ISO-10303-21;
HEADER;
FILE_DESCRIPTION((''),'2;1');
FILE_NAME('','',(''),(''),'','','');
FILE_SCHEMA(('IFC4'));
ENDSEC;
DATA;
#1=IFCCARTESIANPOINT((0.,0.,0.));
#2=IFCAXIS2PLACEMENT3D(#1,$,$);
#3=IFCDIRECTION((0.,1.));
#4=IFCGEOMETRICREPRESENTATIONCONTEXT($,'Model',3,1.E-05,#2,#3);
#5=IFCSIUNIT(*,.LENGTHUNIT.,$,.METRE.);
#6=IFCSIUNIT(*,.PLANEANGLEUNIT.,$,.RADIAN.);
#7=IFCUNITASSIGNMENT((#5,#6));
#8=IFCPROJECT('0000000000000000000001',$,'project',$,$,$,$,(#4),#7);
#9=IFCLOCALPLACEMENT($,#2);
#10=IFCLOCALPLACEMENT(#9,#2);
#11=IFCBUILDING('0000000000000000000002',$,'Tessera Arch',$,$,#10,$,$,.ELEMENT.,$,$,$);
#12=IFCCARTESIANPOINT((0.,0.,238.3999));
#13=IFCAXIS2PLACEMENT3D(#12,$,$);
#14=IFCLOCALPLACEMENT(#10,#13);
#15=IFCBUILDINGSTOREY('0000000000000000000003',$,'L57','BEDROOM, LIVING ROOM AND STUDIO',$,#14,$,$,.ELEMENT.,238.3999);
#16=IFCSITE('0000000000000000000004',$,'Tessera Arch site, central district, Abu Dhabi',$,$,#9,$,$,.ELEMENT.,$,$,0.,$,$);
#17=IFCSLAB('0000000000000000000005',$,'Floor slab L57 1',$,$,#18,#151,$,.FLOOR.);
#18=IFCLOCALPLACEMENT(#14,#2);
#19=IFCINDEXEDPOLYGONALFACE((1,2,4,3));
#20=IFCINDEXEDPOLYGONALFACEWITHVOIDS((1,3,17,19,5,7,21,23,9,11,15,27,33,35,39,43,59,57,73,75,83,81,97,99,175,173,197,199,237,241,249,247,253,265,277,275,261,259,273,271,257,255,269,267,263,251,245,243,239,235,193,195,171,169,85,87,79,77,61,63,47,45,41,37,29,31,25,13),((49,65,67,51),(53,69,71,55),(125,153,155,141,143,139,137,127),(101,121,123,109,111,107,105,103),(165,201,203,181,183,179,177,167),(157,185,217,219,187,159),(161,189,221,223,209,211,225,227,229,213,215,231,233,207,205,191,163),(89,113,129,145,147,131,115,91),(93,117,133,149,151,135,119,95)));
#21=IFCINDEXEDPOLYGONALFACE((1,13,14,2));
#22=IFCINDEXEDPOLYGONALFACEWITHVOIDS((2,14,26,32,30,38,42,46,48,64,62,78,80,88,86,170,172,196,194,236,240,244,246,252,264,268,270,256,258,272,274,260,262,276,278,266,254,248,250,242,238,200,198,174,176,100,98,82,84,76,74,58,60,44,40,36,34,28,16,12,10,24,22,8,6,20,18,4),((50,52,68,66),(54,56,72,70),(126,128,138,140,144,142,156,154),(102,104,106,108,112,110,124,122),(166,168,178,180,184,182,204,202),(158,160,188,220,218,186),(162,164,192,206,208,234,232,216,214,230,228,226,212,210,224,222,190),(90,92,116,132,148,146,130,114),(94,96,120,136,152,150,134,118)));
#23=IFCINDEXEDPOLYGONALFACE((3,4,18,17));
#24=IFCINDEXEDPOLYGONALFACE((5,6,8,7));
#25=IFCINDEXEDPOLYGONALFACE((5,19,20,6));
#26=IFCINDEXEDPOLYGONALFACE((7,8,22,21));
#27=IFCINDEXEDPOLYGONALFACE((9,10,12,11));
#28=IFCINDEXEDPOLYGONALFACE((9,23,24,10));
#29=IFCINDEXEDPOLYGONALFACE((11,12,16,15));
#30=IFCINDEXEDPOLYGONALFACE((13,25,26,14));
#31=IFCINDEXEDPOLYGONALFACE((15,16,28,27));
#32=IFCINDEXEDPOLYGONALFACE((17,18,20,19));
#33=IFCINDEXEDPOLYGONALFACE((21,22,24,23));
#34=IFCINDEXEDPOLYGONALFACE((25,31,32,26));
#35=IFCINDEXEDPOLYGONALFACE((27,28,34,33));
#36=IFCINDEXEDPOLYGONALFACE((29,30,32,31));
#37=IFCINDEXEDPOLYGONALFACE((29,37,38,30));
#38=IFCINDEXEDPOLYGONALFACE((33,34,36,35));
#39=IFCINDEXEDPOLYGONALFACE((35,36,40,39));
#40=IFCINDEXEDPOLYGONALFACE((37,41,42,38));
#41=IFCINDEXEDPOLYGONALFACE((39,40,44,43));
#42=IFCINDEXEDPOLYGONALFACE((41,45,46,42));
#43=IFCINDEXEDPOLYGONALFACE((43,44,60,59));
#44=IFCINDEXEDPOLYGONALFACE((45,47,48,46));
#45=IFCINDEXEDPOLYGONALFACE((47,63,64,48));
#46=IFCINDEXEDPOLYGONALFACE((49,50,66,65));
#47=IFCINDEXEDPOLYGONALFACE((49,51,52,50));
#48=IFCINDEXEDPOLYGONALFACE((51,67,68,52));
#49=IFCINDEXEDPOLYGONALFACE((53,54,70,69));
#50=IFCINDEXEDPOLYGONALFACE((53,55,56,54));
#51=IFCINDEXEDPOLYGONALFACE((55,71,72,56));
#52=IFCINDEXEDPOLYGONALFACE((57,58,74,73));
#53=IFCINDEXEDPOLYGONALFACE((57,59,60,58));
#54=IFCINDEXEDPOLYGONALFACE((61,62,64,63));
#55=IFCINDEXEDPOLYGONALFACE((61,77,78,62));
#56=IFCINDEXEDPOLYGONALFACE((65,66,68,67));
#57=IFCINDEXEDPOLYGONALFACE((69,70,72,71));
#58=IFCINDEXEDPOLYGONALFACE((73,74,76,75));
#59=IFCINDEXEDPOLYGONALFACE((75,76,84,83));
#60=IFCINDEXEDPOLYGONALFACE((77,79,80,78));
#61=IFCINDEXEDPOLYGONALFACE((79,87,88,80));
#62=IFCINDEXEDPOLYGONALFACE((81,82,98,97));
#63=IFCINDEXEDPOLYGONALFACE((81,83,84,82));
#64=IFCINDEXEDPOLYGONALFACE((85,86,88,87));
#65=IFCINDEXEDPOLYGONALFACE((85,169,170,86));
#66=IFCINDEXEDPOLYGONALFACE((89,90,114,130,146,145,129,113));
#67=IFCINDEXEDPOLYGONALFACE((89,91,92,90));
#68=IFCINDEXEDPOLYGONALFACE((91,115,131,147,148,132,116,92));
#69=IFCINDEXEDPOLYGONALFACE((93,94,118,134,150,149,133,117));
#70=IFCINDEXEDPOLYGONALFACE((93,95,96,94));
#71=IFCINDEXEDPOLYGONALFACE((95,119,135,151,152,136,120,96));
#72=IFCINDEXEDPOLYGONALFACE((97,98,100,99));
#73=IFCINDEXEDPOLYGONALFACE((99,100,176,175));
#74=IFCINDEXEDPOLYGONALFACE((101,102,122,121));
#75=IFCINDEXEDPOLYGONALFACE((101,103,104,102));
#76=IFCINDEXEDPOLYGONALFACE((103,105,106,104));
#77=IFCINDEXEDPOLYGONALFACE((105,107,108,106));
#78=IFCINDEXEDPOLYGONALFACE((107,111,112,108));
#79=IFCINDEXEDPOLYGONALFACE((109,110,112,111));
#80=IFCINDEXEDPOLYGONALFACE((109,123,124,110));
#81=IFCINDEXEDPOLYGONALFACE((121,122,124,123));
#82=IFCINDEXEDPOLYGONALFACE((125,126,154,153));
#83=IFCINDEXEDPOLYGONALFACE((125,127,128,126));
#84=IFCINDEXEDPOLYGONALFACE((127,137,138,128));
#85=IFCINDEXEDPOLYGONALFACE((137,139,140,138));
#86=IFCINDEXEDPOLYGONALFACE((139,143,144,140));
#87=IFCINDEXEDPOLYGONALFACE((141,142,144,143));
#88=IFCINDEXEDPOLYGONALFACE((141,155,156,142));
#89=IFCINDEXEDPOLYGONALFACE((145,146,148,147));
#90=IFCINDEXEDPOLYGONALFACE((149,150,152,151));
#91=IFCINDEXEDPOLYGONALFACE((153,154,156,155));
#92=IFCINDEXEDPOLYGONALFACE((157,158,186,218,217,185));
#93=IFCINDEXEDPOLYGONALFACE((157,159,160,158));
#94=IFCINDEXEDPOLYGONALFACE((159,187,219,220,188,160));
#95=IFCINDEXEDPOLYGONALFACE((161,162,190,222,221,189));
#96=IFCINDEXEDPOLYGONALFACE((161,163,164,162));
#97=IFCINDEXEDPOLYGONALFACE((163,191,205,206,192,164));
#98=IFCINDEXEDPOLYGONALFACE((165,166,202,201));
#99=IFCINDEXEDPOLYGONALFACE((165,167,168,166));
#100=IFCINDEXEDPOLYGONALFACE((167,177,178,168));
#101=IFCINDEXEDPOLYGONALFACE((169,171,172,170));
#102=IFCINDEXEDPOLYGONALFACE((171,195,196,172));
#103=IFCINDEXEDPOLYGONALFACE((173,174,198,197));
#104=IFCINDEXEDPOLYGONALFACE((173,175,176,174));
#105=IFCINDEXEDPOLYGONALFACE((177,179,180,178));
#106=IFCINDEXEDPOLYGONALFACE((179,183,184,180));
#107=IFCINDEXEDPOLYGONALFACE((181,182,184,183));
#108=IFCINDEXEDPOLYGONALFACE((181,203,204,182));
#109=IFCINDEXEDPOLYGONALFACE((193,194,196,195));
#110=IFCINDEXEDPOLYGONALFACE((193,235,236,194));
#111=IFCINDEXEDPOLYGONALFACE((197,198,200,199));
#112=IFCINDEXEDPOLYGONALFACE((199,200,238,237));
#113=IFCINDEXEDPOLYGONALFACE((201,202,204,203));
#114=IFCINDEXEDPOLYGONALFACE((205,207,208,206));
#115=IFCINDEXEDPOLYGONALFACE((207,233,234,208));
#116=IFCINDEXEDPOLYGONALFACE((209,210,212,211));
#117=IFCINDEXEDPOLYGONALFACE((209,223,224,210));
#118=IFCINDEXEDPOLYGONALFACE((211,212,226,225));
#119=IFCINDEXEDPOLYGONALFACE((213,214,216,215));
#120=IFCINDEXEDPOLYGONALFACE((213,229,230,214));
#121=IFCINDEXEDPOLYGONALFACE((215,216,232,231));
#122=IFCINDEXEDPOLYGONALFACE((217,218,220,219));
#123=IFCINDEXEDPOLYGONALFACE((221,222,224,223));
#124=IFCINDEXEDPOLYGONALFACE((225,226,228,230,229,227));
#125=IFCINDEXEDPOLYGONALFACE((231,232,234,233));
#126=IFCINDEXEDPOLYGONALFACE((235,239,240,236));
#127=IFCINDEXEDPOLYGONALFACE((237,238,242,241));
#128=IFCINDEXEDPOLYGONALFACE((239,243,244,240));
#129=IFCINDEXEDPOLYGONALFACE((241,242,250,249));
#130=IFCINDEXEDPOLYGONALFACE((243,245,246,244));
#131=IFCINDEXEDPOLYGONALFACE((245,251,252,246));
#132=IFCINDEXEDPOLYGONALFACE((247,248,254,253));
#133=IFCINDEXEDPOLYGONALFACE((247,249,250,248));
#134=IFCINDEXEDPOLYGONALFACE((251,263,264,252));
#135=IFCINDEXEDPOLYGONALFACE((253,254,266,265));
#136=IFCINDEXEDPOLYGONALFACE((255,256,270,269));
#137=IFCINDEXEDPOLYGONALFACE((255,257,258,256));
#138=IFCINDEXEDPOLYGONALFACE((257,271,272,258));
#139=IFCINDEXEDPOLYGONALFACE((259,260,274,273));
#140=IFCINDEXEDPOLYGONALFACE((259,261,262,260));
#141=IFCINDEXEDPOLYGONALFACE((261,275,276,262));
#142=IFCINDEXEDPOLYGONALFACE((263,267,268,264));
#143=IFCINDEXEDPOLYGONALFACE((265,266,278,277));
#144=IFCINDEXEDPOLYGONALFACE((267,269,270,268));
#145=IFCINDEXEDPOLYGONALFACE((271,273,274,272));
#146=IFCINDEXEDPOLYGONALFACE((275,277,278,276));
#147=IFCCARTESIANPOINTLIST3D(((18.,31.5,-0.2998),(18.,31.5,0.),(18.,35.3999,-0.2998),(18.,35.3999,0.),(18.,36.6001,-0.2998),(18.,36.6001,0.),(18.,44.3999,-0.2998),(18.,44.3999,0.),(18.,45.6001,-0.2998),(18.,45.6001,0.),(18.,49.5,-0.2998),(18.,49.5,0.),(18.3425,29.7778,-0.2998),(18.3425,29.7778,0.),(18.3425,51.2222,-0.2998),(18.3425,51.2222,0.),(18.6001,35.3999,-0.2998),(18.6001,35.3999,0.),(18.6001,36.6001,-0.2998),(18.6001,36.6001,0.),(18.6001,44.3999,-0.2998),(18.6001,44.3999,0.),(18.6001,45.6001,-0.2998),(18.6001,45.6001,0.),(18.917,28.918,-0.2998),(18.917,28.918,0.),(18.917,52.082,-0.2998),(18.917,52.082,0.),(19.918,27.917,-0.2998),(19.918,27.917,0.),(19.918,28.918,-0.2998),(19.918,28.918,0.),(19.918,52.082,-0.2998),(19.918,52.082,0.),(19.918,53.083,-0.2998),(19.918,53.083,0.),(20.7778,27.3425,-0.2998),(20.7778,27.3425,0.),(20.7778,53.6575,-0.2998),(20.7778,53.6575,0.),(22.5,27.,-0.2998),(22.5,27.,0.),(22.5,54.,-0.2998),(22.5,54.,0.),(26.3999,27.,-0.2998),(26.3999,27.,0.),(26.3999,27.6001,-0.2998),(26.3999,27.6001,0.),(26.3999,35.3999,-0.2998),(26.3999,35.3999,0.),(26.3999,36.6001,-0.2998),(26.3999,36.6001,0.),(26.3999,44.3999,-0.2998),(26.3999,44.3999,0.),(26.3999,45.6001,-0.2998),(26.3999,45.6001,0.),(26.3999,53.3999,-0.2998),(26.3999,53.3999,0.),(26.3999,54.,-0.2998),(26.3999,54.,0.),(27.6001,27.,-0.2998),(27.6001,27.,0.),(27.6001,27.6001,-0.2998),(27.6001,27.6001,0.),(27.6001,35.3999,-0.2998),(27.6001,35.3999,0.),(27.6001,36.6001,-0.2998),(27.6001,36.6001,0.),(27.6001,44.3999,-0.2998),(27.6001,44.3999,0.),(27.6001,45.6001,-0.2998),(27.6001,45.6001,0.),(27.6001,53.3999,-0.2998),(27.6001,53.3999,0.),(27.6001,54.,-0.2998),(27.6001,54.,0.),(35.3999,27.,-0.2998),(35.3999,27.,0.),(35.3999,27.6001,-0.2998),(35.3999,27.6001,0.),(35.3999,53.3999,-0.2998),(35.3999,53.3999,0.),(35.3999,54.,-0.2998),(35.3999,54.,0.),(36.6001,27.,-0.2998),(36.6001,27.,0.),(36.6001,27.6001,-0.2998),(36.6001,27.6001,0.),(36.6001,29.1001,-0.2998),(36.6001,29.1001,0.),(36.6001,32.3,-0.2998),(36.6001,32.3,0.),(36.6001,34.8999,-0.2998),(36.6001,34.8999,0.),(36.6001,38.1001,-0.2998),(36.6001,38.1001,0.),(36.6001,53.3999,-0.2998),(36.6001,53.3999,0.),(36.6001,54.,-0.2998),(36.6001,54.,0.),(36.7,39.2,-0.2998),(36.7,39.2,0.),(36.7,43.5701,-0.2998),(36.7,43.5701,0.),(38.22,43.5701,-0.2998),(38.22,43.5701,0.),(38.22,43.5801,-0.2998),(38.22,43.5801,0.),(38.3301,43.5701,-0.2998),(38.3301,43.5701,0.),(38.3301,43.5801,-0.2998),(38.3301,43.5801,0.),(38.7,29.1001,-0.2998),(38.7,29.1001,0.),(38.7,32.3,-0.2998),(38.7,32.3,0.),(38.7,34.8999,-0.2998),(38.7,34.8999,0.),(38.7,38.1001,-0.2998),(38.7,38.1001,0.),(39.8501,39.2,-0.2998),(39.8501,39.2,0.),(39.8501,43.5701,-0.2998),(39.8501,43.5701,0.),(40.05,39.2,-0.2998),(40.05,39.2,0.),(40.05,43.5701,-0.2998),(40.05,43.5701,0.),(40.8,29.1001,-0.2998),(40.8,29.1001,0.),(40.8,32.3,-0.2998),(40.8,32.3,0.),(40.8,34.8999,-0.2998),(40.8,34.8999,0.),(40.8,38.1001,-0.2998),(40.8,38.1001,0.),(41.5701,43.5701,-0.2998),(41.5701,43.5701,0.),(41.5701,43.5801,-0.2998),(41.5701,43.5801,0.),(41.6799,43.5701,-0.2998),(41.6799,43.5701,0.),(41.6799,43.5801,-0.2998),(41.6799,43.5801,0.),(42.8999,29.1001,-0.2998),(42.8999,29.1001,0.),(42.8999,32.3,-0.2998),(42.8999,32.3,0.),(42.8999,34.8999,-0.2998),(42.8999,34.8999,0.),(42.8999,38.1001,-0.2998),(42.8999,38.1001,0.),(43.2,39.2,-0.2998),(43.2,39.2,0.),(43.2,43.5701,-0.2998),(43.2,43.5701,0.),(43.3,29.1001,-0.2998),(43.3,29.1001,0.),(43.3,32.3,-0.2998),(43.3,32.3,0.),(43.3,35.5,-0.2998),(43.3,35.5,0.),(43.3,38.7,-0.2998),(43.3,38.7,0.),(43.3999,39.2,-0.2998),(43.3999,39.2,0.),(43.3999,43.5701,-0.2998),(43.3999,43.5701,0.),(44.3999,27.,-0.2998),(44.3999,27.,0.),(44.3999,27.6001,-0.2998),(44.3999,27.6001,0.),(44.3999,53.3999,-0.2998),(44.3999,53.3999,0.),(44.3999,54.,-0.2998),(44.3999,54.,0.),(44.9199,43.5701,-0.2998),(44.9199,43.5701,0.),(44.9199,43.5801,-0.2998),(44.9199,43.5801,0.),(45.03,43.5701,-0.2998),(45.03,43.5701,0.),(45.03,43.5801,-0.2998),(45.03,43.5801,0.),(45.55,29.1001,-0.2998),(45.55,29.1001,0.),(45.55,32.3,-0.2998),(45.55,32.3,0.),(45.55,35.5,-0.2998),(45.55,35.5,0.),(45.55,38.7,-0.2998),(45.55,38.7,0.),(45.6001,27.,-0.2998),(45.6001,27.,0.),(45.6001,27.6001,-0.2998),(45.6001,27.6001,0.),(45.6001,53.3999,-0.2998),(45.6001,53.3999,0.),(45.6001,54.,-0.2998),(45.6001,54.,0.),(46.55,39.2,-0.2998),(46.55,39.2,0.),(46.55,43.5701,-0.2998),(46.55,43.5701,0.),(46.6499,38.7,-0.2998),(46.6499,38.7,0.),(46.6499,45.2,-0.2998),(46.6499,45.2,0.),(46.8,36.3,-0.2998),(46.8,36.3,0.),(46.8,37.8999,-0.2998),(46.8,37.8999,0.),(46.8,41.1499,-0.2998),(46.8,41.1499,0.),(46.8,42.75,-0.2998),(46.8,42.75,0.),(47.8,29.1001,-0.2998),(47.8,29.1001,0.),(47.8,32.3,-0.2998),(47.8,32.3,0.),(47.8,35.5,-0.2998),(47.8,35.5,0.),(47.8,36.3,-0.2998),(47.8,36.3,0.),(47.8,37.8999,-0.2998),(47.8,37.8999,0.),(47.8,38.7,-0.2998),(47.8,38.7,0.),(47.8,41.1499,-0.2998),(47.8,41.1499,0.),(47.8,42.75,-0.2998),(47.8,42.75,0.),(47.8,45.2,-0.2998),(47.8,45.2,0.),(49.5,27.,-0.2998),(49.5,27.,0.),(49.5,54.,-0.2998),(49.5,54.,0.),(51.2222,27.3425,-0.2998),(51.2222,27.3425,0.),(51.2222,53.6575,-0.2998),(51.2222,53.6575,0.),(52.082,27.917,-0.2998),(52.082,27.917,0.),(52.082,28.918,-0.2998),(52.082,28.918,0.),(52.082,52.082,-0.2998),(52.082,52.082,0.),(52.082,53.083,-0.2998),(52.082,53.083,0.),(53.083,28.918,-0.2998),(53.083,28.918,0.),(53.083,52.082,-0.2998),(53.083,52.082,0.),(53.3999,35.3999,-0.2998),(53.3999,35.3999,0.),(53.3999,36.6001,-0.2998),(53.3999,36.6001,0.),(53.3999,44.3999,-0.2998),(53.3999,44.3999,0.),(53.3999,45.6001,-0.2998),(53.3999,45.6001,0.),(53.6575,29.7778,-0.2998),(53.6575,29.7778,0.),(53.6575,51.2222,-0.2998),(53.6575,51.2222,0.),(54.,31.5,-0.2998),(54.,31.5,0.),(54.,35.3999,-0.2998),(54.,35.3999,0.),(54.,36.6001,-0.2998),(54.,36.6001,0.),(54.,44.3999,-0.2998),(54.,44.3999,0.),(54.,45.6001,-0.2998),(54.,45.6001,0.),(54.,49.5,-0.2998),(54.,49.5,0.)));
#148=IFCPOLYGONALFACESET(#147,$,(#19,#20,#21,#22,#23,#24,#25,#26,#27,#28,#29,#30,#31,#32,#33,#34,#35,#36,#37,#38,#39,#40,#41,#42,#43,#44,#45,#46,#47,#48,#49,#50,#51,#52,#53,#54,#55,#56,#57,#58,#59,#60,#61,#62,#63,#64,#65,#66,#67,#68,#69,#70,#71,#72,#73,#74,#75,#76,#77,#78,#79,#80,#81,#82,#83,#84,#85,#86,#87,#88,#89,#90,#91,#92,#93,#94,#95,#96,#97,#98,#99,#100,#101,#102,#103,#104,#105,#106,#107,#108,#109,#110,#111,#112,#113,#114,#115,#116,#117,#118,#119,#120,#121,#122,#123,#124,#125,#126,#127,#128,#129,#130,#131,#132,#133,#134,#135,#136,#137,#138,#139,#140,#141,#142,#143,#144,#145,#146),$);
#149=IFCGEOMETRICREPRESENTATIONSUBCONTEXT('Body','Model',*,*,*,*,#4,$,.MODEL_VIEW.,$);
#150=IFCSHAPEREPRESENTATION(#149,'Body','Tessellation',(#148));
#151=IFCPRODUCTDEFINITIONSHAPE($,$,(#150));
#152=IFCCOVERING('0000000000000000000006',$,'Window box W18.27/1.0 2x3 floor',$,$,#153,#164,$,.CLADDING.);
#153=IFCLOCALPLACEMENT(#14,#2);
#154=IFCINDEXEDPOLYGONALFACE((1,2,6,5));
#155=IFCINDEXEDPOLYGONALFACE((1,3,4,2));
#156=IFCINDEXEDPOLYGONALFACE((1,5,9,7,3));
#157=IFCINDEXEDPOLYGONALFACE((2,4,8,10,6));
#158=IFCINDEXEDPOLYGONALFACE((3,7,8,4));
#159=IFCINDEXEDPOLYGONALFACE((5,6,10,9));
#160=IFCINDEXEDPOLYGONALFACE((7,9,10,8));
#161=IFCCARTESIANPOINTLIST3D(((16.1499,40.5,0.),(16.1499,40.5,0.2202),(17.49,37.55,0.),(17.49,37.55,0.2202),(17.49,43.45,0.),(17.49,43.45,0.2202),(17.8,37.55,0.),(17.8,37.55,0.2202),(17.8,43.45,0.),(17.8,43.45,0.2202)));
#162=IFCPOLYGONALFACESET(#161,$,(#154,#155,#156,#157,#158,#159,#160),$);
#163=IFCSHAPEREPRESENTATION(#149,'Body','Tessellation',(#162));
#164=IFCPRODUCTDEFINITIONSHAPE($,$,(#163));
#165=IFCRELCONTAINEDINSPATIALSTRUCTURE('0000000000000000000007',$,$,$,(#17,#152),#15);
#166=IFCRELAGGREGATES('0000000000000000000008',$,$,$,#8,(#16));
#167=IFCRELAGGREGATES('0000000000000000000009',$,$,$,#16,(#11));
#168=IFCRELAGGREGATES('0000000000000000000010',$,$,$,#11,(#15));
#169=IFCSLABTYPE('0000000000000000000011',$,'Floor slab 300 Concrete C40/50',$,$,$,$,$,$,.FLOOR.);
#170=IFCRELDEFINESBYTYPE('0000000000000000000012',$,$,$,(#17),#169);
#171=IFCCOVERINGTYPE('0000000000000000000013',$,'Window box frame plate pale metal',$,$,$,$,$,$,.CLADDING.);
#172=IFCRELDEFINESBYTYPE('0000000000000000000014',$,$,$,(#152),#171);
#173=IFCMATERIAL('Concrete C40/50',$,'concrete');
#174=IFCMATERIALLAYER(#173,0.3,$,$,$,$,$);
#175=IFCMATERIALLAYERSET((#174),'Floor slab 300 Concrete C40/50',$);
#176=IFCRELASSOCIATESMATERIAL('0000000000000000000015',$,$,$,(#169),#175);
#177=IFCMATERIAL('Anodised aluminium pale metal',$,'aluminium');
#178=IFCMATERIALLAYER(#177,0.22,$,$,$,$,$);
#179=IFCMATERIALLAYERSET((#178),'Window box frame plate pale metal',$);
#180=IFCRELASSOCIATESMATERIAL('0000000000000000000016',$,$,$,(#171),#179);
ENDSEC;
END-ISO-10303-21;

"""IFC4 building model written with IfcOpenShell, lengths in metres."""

from ifc_helpers import new_model, si_unit, direction, frame, origin, place, context, subcontext, project, spatial, polyline, outline, extrude, material, layer, layer_set, type_object, element, save


model = new_model("IFC4")

# Units and contexts
model_context = context("Model", 3, precision=1e-05, world=origin(), true_north=direction((0.0, 1.0)))
body_context = subcontext(model_context, "Body", "Model", "MODEL_VIEW")
ifc_project = project(units=[si_unit("LENGTHUNIT", "METRE"), si_unit("PLANEANGLEUNIT", "RADIAN")], contexts=[model_context])

# Site, building, storey
site_placement = place(None, origin())
site = spatial("IfcSite", under=ifc_project, at=site_placement, Name="Tessera Arch site, central district, Abu Dhabi", CompositionType="ELEMENT", RefElevation=0.0)
building_placement = place(site_placement, origin())
building = spatial("IfcBuilding", under=site, at=building_placement, Name="Tessera Arch", CompositionType="ELEMENT")
storey_placement = place(building_placement, frame((0.0, 0.0, 238.3999)))
storey = spatial("IfcBuildingStorey", under=building, at=storey_placement, Name="L57", Description="BEDROOM, LIVING ROOM AND STUDIO", CompositionType="ELEMENT", Elevation=238.3999)

# Slab
ifc_material_1 = material(Name="Concrete C40/50", Category="concrete")
ifc_layer_1 = layer(ifc_material_1, 0.3)
ifc_layer_set_1 = layer_set([ifc_layer_1], Name="Floor slab 300 Concrete C40/50")
slab_type = type_object("IfcSlabType", Name="Floor slab 300 Concrete C40/50", PredefinedType="FLOOR", material=ifc_layer_set_1)
slab_placement = place(storey_placement, frame((0.0, 0.0, -0.2998)))
element("IfcSlab", 1, at=slab_placement, inside=storey, type_object=slab_type, Name="Floor slab L57 1", PredefinedType="FLOOR", context=body_context, shape_type="SweptSolid", body=[
    extrude(outline(polyline([(54.0, 31.5), (53.6575, 29.7778), (53.083, 28.918), (52.082, 28.918), (52.082, 27.917), (51.2222, 27.3425), (49.5, 27.0), (45.6001, 27.0), (45.6001, 27.6001), (44.3999, 27.6001), (44.3999, 27.0), (36.6001, 27.0), (36.6001, 27.6001), (35.3999, 27.6001), (35.3999, 27.0), (27.6001, 27.0), (27.6001, 27.6001), (26.3999, 27.6001), (26.3999, 27.0), (22.5, 27.0), (20.7778, 27.3425), (19.918, 27.917), (19.918, 28.918), (18.917, 28.918), (18.3425, 29.7778), (18.0, 31.5), (18.0, 35.3999), (18.6001, 35.3999), (18.6001, 36.6001), (18.0, 36.6001), (18.0, 44.3999), (18.6001, 44.3999), (18.6001, 45.6001), (18.0, 45.6001), (18.0, 49.5), (18.3425, 51.2222), (18.917, 52.082), (19.918, 52.082), (19.918, 53.083), (20.7778, 53.6575), (22.5, 54.0), (26.3999, 54.0), (26.3999, 53.3999), (27.6001, 53.3999), (27.6001, 54.0), (35.3999, 54.0), (35.3999, 53.3999), (36.6001, 53.3999), (36.6001, 54.0), (44.3999, 54.0), (44.3999, 53.3999), (45.6001, 53.3999), (45.6001, 54.0), (49.5, 54.0), (51.2222, 53.6575), (52.082, 53.083), (52.082, 52.082), (53.083, 52.082), (53.6575, 51.2222), (54.0, 49.5), (54.0, 45.6001), (53.3999, 45.6001), (53.3999, 44.3999), (54.0, 44.3999), (54.0, 36.6001), (53.3999, 36.6001), (53.3999, 35.3999), (54.0, 35.3999), (54.0, 31.5)]), holes=[polyline([(40.8, 29.1001), (42.8999, 29.1001), (42.8999, 32.3), (40.8, 32.3), (38.7, 32.3), (36.6001, 32.3), (36.6001, 29.1001), (38.7, 29.1001), (40.8, 29.1001)]), polyline([(27.6001, 35.3999), (27.6001, 36.6001), (26.3999, 36.6001), (26.3999, 35.3999), (27.6001, 35.3999)]), polyline([(40.8, 34.8999), (42.8999, 34.8999), (42.8999, 38.1001), (40.8, 38.1001), (38.7, 38.1001), (36.6001, 38.1001), (36.6001, 34.8999), (38.7, 34.8999), (40.8, 34.8999)]), polyline([(38.22, 43.5801), (38.22, 43.5701), (36.7, 43.5701), (36.7, 39.2), (39.8501, 39.2), (39.8501, 43.5701), (38.3301, 43.5701), (38.3301, 43.5801), (38.22, 43.5801)]), polyline([(27.6001, 44.3999), (27.6001, 45.6001), (26.3999, 45.6001), (26.3999, 44.3999), (27.6001, 44.3999)]), polyline([(47.8, 32.3), (45.55, 32.3), (43.3, 32.3), (43.3, 29.1001), (45.55, 29.1001), (47.8, 29.1001), (47.8, 32.3)]), polyline([(46.6499, 38.7), (45.55, 38.7), (43.3, 38.7), (43.3, 35.5), (45.55, 35.5), (47.8, 35.5), (47.8, 36.3), (46.8, 36.3), (46.8, 37.8999), (47.8, 37.8999), (47.8, 38.7), (47.8, 41.1499), (46.8, 41.1499), (46.8, 42.75), (47.8, 42.75), (47.8, 45.2), (46.6499, 45.2), (46.6499, 38.7)]), polyline([(41.5701, 43.5801), (41.5701, 43.5701), (40.05, 43.5701), (40.05, 39.2), (43.2, 39.2), (43.2, 43.5701), (41.6799, 43.5701), (41.6799, 43.5801), (41.5701, 43.5801)]), polyline([(44.9199, 43.5801), (44.9199, 43.5701), (43.3999, 43.5701), (43.3999, 39.2), (46.55, 39.2), (46.55, 43.5701), (45.03, 43.5701), (45.03, 43.5801), (44.9199, 43.5801)])]), origin(), (0.0, 0.0, 1.0), 0.2998),
])

# Covering
ifc_material_2 = material(Name="Anodised aluminium pale metal", Category="aluminium")
ifc_layer_2 = layer(ifc_material_2, 0.22)
ifc_layer_set_2 = layer_set([ifc_layer_2], Name="Window box frame plate pale metal")
covering_type = type_object("IfcCoveringType", Name="Window box frame plate pale metal", PredefinedType="CLADDING", material=ifc_layer_set_2)
covering_placement = place(storey_placement, origin())
element("IfcCovering", 2, at=covering_placement, inside=storey, type_object=covering_type, Name="Window box W18.27/1.0 2x3 floor", PredefinedType="CLADDING", context=body_context, shape_type="SweptSolid", body=[
    extrude(outline(polyline([(17.49, 43.45), (16.1499, 40.5), (17.49, 37.55), (17.8, 37.55), (17.8, 43.45), (17.49, 43.45)])), origin(), (0.0, 0.0, 1.0), 0.2202),
])

save(model, "model.ifc")
